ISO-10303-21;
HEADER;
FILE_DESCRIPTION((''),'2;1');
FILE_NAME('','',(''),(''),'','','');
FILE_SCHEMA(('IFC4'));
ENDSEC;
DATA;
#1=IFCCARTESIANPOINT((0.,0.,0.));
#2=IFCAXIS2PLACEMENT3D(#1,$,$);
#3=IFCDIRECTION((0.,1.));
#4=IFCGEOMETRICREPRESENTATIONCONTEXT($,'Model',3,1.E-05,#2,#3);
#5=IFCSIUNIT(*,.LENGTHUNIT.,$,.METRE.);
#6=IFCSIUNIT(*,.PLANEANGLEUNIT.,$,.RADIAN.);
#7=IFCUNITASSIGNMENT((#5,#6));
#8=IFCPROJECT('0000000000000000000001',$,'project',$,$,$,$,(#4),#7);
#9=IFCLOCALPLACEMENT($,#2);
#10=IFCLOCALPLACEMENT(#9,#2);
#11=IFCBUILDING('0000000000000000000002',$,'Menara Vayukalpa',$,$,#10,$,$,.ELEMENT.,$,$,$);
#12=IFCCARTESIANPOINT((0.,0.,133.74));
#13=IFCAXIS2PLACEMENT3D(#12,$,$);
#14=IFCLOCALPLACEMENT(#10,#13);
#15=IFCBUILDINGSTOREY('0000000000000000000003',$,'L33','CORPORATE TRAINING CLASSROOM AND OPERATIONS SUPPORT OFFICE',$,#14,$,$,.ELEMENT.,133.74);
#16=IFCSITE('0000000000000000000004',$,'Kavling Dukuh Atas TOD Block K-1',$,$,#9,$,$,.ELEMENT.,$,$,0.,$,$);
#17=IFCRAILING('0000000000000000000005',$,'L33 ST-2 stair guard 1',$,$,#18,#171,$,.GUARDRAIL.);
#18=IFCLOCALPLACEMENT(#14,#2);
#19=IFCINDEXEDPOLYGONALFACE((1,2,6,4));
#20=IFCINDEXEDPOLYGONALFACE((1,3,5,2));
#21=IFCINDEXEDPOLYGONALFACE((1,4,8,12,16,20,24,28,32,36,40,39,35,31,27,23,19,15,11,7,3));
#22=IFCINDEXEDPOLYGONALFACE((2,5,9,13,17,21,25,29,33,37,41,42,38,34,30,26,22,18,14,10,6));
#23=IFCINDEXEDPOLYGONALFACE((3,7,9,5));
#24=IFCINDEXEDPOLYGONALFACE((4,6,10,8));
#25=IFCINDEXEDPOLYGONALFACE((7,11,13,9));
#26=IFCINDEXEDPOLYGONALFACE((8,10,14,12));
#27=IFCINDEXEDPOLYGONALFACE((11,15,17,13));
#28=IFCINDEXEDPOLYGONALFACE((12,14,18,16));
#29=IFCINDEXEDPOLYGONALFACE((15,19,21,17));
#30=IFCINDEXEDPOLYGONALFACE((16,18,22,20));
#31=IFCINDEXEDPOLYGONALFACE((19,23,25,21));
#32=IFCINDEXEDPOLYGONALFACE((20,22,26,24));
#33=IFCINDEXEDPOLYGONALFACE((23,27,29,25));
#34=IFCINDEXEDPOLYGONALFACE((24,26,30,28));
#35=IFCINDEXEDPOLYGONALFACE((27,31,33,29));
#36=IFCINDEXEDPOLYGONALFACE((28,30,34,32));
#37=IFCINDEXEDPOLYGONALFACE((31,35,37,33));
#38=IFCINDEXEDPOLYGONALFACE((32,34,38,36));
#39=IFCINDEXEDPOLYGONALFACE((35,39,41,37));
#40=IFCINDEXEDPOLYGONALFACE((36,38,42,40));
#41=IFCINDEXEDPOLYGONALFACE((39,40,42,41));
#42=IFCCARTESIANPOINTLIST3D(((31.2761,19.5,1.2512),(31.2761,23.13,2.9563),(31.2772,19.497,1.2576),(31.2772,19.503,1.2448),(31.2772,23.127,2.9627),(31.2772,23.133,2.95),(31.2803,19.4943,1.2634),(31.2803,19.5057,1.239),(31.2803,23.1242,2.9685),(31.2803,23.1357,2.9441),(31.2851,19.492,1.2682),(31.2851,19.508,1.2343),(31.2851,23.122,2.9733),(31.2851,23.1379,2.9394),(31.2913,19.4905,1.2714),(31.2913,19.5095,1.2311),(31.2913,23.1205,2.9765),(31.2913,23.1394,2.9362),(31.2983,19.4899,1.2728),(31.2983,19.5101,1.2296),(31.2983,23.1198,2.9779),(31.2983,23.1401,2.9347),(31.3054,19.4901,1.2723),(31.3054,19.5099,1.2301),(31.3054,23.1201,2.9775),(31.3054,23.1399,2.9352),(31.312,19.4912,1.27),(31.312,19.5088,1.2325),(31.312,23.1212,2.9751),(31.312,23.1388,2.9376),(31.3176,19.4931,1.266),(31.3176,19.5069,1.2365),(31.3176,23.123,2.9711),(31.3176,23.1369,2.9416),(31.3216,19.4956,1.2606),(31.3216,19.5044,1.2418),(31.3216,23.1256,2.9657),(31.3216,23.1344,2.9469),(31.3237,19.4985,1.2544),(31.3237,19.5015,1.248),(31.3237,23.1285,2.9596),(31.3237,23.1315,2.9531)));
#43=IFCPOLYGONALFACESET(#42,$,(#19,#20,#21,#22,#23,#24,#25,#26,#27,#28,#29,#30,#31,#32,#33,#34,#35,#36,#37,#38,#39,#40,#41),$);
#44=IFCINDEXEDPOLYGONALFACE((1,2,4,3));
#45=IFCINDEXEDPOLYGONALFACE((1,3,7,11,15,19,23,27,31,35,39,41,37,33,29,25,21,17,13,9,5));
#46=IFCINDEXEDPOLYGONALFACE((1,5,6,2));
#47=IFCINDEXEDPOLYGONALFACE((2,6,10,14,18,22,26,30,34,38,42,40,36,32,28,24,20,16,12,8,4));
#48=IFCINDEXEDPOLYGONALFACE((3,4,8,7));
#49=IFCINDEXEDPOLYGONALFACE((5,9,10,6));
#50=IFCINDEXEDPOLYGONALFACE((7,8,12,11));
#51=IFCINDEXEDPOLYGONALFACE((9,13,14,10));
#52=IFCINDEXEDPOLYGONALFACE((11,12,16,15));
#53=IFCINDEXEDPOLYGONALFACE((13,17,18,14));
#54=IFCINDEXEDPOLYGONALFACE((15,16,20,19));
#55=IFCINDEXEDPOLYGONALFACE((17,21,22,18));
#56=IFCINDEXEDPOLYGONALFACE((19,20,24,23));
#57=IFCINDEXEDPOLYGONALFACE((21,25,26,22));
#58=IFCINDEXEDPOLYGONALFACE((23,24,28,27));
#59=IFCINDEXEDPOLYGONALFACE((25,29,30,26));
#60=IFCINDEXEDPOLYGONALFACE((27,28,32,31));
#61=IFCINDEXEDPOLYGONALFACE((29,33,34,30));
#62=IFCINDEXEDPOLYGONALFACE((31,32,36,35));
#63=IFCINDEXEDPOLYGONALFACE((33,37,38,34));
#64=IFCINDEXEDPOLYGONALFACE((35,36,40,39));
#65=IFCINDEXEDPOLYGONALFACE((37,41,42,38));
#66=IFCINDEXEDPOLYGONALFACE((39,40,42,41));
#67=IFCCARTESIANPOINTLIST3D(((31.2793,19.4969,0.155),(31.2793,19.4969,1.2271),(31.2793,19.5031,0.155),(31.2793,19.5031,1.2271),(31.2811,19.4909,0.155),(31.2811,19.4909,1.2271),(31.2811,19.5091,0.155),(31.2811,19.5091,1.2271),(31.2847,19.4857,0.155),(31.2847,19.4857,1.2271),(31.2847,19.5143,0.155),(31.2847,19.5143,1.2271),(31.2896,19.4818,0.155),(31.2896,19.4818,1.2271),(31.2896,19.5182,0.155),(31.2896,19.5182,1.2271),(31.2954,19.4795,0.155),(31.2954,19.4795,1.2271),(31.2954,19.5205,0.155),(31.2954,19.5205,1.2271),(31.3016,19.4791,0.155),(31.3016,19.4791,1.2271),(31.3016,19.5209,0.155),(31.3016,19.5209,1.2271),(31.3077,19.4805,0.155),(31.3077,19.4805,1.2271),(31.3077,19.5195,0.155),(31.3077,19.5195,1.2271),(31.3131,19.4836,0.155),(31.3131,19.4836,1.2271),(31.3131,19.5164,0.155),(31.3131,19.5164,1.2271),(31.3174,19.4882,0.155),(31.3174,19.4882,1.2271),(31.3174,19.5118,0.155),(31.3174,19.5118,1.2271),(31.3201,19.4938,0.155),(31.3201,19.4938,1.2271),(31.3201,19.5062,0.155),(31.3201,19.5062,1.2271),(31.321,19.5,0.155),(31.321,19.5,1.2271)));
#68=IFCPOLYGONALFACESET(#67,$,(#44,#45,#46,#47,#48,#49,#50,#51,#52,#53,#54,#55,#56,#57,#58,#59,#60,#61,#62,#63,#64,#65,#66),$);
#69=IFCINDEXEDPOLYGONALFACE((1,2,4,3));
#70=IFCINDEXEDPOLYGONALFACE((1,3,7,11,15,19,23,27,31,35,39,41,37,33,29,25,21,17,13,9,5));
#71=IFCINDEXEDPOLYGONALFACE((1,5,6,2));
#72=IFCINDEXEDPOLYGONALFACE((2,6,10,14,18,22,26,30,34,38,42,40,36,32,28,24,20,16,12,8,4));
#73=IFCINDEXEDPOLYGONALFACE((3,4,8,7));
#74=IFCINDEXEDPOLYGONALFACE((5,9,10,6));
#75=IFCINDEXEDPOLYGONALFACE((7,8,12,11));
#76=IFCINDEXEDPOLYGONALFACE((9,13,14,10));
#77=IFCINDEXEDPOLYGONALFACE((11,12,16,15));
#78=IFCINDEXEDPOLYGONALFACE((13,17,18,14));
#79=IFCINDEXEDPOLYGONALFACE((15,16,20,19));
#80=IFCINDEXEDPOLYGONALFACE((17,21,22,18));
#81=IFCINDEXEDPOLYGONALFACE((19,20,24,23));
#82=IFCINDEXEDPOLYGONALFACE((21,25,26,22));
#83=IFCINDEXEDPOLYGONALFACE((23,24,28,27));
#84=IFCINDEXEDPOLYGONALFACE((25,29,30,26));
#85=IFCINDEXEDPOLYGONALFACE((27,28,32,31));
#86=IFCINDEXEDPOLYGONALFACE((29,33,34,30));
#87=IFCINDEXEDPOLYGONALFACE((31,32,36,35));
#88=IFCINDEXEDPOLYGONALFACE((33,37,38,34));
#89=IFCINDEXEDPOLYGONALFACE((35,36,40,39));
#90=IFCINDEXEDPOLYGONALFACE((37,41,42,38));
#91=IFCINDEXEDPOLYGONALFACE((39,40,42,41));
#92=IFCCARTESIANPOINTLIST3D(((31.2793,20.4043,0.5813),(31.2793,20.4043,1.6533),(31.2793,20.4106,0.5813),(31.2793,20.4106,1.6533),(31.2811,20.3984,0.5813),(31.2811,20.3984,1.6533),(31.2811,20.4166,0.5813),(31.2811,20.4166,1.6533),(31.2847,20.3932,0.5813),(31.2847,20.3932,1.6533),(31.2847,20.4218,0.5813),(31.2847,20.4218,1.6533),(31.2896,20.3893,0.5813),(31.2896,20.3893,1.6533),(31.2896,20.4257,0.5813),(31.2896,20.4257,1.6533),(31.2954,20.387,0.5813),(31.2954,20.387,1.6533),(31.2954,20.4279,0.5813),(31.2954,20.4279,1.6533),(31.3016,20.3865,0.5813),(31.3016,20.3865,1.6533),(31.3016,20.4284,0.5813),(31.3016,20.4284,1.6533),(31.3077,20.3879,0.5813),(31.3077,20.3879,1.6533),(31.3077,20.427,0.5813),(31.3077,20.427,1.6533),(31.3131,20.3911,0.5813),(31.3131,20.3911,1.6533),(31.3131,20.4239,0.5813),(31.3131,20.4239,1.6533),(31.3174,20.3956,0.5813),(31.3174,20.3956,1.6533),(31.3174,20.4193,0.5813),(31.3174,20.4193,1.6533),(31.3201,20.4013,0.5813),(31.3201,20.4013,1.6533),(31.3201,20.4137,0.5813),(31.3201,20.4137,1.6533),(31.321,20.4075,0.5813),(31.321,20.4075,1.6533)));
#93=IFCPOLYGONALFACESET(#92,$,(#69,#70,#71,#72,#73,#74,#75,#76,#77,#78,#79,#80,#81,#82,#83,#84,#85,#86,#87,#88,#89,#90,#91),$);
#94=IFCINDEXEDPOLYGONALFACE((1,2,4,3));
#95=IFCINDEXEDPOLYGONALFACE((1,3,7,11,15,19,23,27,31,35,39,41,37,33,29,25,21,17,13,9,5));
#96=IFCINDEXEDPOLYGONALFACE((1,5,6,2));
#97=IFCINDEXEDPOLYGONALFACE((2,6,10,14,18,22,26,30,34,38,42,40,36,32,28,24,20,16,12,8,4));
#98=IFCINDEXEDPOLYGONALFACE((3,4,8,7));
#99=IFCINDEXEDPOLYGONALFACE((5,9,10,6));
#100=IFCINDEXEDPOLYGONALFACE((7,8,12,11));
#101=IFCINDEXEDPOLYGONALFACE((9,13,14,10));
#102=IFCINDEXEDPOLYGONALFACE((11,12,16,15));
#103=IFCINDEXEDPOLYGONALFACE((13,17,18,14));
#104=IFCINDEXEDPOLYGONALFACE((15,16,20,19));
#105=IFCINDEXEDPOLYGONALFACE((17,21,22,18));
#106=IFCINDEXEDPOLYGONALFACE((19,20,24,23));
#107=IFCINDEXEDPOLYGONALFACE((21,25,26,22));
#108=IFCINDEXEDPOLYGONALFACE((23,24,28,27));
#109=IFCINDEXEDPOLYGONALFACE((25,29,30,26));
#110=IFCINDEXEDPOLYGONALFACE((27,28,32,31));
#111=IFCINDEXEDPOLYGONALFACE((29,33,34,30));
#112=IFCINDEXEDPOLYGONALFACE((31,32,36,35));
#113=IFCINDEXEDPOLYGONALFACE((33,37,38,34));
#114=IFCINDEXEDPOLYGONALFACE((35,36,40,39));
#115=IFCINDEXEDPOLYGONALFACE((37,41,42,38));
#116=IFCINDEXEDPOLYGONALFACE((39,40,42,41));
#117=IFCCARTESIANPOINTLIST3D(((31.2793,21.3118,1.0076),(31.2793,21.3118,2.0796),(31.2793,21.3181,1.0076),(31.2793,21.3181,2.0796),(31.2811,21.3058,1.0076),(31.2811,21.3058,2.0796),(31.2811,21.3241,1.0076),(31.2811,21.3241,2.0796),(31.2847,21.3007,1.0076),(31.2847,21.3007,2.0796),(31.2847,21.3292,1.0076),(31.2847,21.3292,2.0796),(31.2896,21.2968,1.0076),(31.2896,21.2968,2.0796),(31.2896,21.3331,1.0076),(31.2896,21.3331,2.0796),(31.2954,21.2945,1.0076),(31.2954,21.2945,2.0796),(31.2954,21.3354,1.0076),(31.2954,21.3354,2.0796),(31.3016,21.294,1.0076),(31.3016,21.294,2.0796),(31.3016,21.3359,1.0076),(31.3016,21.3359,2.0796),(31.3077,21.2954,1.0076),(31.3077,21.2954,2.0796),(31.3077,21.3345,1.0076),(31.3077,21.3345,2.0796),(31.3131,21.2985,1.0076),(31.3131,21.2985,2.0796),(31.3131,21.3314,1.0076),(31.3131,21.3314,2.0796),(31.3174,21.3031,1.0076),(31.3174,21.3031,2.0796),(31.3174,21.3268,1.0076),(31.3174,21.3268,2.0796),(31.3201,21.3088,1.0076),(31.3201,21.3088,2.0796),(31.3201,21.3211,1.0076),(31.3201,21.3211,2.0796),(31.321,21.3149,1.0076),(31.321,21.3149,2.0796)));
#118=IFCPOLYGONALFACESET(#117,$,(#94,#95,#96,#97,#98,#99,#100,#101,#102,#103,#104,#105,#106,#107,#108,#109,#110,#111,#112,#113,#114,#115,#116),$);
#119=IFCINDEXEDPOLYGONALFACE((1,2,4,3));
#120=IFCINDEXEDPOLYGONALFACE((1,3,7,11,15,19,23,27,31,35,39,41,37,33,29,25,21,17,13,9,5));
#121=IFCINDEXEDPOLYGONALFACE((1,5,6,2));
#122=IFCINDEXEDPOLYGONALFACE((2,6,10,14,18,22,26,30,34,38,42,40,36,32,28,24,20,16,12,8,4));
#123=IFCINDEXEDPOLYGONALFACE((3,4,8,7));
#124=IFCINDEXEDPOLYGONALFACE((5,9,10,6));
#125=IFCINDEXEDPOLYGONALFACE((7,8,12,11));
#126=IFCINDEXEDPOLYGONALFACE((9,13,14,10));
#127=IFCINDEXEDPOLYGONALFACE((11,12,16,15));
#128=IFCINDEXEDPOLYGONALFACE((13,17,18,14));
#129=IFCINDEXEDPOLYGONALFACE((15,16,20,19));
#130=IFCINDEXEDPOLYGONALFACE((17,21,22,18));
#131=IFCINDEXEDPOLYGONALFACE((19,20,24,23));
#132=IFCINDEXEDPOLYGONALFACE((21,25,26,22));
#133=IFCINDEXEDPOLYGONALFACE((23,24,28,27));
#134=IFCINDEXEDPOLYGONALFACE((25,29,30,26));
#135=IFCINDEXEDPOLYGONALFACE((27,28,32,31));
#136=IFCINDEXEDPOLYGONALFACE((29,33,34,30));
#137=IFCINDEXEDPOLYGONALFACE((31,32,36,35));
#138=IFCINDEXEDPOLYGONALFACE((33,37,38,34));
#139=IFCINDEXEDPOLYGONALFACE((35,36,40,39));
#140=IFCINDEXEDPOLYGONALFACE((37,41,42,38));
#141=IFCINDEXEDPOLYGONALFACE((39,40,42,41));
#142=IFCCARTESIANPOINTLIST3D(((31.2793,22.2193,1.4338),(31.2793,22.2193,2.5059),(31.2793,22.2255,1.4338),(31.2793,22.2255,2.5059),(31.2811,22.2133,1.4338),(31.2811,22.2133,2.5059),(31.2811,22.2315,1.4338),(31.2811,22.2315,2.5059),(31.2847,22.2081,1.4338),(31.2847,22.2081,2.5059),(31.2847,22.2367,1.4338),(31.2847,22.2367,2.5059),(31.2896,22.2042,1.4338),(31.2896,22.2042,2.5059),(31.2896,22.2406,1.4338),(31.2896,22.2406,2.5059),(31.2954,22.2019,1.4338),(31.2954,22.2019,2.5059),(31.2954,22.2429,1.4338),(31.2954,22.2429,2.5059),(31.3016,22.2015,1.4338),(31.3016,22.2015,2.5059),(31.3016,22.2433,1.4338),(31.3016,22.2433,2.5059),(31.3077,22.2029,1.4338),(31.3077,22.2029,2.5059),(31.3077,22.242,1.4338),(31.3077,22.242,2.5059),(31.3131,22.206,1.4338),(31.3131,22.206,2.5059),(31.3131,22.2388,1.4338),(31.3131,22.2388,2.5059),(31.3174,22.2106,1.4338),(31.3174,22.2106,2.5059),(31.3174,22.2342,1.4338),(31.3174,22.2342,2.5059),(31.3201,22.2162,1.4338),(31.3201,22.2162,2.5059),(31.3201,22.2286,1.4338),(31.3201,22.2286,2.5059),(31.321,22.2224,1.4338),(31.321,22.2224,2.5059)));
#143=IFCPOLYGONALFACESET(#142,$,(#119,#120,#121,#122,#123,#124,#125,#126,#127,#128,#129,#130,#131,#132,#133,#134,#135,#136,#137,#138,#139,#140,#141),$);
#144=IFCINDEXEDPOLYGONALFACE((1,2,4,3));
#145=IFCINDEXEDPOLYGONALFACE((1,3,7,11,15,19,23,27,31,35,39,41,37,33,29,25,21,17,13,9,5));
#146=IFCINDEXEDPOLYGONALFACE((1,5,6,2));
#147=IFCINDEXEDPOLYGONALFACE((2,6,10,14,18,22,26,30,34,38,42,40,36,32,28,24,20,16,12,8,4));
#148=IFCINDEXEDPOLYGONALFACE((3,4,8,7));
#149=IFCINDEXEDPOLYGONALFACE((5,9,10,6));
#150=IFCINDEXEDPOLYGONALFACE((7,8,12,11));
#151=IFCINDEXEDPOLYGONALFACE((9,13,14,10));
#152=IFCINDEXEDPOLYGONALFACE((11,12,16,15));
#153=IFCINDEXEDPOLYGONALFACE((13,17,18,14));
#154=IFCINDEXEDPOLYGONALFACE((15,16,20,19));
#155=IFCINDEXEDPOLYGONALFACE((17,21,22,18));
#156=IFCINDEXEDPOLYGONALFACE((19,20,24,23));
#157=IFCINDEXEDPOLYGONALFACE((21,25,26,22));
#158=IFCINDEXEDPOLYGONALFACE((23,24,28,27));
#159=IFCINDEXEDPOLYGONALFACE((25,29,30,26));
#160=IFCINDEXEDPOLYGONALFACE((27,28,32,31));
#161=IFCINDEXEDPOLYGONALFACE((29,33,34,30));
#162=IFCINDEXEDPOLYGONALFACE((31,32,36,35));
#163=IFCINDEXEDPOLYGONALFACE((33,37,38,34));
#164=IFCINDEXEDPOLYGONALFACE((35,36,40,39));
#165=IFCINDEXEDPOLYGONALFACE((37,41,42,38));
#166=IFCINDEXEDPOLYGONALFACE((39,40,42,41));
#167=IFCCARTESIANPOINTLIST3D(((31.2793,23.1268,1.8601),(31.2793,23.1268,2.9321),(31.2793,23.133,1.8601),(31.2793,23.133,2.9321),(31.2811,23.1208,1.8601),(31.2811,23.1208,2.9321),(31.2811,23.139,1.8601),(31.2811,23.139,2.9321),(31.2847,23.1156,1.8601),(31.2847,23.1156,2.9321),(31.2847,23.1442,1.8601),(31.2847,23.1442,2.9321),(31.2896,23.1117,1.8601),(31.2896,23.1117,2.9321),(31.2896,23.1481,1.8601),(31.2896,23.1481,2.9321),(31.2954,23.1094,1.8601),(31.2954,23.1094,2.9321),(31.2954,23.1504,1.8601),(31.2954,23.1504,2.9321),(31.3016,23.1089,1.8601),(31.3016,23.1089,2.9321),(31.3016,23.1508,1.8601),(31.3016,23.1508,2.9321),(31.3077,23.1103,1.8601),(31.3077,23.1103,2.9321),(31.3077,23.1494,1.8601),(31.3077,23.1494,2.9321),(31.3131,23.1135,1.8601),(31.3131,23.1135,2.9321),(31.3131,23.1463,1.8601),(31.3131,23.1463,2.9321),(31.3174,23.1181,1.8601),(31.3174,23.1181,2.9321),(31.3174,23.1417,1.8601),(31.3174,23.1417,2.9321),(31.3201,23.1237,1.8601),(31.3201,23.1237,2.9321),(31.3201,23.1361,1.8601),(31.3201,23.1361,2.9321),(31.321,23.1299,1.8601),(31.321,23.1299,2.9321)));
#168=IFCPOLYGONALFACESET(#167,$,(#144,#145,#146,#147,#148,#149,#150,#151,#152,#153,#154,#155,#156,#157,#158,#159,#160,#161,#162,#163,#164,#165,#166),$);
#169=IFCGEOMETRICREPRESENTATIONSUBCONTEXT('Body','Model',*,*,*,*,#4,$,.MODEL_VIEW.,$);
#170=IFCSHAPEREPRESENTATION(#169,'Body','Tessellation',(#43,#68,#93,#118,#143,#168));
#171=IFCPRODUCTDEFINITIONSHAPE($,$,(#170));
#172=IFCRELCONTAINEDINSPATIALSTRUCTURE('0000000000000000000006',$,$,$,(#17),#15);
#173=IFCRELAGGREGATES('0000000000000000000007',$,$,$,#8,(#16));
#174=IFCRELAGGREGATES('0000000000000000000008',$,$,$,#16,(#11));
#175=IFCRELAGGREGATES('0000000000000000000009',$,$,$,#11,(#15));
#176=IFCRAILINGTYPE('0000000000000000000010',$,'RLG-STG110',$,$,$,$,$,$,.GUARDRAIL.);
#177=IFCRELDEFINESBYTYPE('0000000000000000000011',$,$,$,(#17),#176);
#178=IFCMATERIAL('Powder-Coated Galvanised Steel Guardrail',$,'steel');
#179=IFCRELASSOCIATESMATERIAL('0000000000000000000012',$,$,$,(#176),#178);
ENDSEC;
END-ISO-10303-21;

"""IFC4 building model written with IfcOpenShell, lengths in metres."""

from ifc_helpers import new_model, si_unit, direction, frame, origin, origin_2d, place, context, subcontext, project, spatial, circle, extrude, material, type_object, element, save


model = new_model("IFC4")

# Units and contexts
model_context = context("Model", 3, precision=1e-05, world=origin(), true_north=direction((0.0, 1.0)))
body_context = subcontext(model_context, "Body", "Model", "MODEL_VIEW")
ifc_project = project(units=[si_unit("LENGTHUNIT", "METRE"), si_unit("PLANEANGLEUNIT", "RADIAN")], contexts=[model_context])

# Site, building, storey
site_placement = place(None, origin())
site = spatial("IfcSite", under=ifc_project, at=site_placement, Name="Kavling Dukuh Atas TOD Block K-1", CompositionType="ELEMENT", RefElevation=0.0)
building_placement = place(site_placement, origin())
building = spatial("IfcBuilding", under=site, at=building_placement, Name="Menara Vayukalpa", CompositionType="ELEMENT")
storey_placement = place(building_placement, frame((0.0, 0.0, 133.74)))
storey = spatial("IfcBuildingStorey", under=building, at=storey_placement, Name="L33", Description="CORPORATE TRAINING CLASSROOM AND OPERATIONS SUPPORT OFFICE", CompositionType="ELEMENT", Elevation=133.74)

# Railing
ifc_material_1 = material(Name="Powder-Coated Galvanised Steel Guardrail", Category="steel")
railing_type_1 = type_object("IfcRailingType", Name="RLG-STG110", PredefinedType="GUARDRAIL", material=ifc_material_1)
railing_1_placement = place(storey_placement, frame((31.3, 19.5, 0.155)))
element("IfcRailing", 1, at=railing_1_placement, inside=storey, type_object=railing_type_1, Name="L33 ST-2 stair guard 1", PredefinedType="GUARDRAIL", context=body_context, shape_type="SweptSolid", body=[
    extrude(circle(Radius=0.0239, at=origin_2d()), frame((0.0, 0.0, 1.0962), z_axis=(0.0, 0.905116, 0.425164), x_axis=(-1.0, 0.0, 0.0)), (0.0, 0.0, 1.0), 4.0105),
    extrude(circle(Radius=0.021, at=origin_2d()), origin(), (0.0, 0.0, 1.0), 1.072),
    extrude(circle(Radius=0.021, at=origin_2d()), frame((0.0, 0.9075, 0.4263)), (0.0, 0.0, 1.0), 1.072),
    extrude(circle(Radius=0.021, at=origin_2d()), frame((0.0, 1.8149, 0.8525)), (0.0, 0.0, 1.0), 1.072),
    extrude(circle(Radius=0.021, at=origin_2d()), frame((0.0, 2.7224, 1.2788)), (0.0, 0.0, 1.0), 1.072),
    extrude(circle(Radius=0.021, at=origin_2d()), frame((0.0, 3.6299, 1.7051)), (0.0, 0.0, 1.0), 1.072),
])

save(model, "model.ifc")
